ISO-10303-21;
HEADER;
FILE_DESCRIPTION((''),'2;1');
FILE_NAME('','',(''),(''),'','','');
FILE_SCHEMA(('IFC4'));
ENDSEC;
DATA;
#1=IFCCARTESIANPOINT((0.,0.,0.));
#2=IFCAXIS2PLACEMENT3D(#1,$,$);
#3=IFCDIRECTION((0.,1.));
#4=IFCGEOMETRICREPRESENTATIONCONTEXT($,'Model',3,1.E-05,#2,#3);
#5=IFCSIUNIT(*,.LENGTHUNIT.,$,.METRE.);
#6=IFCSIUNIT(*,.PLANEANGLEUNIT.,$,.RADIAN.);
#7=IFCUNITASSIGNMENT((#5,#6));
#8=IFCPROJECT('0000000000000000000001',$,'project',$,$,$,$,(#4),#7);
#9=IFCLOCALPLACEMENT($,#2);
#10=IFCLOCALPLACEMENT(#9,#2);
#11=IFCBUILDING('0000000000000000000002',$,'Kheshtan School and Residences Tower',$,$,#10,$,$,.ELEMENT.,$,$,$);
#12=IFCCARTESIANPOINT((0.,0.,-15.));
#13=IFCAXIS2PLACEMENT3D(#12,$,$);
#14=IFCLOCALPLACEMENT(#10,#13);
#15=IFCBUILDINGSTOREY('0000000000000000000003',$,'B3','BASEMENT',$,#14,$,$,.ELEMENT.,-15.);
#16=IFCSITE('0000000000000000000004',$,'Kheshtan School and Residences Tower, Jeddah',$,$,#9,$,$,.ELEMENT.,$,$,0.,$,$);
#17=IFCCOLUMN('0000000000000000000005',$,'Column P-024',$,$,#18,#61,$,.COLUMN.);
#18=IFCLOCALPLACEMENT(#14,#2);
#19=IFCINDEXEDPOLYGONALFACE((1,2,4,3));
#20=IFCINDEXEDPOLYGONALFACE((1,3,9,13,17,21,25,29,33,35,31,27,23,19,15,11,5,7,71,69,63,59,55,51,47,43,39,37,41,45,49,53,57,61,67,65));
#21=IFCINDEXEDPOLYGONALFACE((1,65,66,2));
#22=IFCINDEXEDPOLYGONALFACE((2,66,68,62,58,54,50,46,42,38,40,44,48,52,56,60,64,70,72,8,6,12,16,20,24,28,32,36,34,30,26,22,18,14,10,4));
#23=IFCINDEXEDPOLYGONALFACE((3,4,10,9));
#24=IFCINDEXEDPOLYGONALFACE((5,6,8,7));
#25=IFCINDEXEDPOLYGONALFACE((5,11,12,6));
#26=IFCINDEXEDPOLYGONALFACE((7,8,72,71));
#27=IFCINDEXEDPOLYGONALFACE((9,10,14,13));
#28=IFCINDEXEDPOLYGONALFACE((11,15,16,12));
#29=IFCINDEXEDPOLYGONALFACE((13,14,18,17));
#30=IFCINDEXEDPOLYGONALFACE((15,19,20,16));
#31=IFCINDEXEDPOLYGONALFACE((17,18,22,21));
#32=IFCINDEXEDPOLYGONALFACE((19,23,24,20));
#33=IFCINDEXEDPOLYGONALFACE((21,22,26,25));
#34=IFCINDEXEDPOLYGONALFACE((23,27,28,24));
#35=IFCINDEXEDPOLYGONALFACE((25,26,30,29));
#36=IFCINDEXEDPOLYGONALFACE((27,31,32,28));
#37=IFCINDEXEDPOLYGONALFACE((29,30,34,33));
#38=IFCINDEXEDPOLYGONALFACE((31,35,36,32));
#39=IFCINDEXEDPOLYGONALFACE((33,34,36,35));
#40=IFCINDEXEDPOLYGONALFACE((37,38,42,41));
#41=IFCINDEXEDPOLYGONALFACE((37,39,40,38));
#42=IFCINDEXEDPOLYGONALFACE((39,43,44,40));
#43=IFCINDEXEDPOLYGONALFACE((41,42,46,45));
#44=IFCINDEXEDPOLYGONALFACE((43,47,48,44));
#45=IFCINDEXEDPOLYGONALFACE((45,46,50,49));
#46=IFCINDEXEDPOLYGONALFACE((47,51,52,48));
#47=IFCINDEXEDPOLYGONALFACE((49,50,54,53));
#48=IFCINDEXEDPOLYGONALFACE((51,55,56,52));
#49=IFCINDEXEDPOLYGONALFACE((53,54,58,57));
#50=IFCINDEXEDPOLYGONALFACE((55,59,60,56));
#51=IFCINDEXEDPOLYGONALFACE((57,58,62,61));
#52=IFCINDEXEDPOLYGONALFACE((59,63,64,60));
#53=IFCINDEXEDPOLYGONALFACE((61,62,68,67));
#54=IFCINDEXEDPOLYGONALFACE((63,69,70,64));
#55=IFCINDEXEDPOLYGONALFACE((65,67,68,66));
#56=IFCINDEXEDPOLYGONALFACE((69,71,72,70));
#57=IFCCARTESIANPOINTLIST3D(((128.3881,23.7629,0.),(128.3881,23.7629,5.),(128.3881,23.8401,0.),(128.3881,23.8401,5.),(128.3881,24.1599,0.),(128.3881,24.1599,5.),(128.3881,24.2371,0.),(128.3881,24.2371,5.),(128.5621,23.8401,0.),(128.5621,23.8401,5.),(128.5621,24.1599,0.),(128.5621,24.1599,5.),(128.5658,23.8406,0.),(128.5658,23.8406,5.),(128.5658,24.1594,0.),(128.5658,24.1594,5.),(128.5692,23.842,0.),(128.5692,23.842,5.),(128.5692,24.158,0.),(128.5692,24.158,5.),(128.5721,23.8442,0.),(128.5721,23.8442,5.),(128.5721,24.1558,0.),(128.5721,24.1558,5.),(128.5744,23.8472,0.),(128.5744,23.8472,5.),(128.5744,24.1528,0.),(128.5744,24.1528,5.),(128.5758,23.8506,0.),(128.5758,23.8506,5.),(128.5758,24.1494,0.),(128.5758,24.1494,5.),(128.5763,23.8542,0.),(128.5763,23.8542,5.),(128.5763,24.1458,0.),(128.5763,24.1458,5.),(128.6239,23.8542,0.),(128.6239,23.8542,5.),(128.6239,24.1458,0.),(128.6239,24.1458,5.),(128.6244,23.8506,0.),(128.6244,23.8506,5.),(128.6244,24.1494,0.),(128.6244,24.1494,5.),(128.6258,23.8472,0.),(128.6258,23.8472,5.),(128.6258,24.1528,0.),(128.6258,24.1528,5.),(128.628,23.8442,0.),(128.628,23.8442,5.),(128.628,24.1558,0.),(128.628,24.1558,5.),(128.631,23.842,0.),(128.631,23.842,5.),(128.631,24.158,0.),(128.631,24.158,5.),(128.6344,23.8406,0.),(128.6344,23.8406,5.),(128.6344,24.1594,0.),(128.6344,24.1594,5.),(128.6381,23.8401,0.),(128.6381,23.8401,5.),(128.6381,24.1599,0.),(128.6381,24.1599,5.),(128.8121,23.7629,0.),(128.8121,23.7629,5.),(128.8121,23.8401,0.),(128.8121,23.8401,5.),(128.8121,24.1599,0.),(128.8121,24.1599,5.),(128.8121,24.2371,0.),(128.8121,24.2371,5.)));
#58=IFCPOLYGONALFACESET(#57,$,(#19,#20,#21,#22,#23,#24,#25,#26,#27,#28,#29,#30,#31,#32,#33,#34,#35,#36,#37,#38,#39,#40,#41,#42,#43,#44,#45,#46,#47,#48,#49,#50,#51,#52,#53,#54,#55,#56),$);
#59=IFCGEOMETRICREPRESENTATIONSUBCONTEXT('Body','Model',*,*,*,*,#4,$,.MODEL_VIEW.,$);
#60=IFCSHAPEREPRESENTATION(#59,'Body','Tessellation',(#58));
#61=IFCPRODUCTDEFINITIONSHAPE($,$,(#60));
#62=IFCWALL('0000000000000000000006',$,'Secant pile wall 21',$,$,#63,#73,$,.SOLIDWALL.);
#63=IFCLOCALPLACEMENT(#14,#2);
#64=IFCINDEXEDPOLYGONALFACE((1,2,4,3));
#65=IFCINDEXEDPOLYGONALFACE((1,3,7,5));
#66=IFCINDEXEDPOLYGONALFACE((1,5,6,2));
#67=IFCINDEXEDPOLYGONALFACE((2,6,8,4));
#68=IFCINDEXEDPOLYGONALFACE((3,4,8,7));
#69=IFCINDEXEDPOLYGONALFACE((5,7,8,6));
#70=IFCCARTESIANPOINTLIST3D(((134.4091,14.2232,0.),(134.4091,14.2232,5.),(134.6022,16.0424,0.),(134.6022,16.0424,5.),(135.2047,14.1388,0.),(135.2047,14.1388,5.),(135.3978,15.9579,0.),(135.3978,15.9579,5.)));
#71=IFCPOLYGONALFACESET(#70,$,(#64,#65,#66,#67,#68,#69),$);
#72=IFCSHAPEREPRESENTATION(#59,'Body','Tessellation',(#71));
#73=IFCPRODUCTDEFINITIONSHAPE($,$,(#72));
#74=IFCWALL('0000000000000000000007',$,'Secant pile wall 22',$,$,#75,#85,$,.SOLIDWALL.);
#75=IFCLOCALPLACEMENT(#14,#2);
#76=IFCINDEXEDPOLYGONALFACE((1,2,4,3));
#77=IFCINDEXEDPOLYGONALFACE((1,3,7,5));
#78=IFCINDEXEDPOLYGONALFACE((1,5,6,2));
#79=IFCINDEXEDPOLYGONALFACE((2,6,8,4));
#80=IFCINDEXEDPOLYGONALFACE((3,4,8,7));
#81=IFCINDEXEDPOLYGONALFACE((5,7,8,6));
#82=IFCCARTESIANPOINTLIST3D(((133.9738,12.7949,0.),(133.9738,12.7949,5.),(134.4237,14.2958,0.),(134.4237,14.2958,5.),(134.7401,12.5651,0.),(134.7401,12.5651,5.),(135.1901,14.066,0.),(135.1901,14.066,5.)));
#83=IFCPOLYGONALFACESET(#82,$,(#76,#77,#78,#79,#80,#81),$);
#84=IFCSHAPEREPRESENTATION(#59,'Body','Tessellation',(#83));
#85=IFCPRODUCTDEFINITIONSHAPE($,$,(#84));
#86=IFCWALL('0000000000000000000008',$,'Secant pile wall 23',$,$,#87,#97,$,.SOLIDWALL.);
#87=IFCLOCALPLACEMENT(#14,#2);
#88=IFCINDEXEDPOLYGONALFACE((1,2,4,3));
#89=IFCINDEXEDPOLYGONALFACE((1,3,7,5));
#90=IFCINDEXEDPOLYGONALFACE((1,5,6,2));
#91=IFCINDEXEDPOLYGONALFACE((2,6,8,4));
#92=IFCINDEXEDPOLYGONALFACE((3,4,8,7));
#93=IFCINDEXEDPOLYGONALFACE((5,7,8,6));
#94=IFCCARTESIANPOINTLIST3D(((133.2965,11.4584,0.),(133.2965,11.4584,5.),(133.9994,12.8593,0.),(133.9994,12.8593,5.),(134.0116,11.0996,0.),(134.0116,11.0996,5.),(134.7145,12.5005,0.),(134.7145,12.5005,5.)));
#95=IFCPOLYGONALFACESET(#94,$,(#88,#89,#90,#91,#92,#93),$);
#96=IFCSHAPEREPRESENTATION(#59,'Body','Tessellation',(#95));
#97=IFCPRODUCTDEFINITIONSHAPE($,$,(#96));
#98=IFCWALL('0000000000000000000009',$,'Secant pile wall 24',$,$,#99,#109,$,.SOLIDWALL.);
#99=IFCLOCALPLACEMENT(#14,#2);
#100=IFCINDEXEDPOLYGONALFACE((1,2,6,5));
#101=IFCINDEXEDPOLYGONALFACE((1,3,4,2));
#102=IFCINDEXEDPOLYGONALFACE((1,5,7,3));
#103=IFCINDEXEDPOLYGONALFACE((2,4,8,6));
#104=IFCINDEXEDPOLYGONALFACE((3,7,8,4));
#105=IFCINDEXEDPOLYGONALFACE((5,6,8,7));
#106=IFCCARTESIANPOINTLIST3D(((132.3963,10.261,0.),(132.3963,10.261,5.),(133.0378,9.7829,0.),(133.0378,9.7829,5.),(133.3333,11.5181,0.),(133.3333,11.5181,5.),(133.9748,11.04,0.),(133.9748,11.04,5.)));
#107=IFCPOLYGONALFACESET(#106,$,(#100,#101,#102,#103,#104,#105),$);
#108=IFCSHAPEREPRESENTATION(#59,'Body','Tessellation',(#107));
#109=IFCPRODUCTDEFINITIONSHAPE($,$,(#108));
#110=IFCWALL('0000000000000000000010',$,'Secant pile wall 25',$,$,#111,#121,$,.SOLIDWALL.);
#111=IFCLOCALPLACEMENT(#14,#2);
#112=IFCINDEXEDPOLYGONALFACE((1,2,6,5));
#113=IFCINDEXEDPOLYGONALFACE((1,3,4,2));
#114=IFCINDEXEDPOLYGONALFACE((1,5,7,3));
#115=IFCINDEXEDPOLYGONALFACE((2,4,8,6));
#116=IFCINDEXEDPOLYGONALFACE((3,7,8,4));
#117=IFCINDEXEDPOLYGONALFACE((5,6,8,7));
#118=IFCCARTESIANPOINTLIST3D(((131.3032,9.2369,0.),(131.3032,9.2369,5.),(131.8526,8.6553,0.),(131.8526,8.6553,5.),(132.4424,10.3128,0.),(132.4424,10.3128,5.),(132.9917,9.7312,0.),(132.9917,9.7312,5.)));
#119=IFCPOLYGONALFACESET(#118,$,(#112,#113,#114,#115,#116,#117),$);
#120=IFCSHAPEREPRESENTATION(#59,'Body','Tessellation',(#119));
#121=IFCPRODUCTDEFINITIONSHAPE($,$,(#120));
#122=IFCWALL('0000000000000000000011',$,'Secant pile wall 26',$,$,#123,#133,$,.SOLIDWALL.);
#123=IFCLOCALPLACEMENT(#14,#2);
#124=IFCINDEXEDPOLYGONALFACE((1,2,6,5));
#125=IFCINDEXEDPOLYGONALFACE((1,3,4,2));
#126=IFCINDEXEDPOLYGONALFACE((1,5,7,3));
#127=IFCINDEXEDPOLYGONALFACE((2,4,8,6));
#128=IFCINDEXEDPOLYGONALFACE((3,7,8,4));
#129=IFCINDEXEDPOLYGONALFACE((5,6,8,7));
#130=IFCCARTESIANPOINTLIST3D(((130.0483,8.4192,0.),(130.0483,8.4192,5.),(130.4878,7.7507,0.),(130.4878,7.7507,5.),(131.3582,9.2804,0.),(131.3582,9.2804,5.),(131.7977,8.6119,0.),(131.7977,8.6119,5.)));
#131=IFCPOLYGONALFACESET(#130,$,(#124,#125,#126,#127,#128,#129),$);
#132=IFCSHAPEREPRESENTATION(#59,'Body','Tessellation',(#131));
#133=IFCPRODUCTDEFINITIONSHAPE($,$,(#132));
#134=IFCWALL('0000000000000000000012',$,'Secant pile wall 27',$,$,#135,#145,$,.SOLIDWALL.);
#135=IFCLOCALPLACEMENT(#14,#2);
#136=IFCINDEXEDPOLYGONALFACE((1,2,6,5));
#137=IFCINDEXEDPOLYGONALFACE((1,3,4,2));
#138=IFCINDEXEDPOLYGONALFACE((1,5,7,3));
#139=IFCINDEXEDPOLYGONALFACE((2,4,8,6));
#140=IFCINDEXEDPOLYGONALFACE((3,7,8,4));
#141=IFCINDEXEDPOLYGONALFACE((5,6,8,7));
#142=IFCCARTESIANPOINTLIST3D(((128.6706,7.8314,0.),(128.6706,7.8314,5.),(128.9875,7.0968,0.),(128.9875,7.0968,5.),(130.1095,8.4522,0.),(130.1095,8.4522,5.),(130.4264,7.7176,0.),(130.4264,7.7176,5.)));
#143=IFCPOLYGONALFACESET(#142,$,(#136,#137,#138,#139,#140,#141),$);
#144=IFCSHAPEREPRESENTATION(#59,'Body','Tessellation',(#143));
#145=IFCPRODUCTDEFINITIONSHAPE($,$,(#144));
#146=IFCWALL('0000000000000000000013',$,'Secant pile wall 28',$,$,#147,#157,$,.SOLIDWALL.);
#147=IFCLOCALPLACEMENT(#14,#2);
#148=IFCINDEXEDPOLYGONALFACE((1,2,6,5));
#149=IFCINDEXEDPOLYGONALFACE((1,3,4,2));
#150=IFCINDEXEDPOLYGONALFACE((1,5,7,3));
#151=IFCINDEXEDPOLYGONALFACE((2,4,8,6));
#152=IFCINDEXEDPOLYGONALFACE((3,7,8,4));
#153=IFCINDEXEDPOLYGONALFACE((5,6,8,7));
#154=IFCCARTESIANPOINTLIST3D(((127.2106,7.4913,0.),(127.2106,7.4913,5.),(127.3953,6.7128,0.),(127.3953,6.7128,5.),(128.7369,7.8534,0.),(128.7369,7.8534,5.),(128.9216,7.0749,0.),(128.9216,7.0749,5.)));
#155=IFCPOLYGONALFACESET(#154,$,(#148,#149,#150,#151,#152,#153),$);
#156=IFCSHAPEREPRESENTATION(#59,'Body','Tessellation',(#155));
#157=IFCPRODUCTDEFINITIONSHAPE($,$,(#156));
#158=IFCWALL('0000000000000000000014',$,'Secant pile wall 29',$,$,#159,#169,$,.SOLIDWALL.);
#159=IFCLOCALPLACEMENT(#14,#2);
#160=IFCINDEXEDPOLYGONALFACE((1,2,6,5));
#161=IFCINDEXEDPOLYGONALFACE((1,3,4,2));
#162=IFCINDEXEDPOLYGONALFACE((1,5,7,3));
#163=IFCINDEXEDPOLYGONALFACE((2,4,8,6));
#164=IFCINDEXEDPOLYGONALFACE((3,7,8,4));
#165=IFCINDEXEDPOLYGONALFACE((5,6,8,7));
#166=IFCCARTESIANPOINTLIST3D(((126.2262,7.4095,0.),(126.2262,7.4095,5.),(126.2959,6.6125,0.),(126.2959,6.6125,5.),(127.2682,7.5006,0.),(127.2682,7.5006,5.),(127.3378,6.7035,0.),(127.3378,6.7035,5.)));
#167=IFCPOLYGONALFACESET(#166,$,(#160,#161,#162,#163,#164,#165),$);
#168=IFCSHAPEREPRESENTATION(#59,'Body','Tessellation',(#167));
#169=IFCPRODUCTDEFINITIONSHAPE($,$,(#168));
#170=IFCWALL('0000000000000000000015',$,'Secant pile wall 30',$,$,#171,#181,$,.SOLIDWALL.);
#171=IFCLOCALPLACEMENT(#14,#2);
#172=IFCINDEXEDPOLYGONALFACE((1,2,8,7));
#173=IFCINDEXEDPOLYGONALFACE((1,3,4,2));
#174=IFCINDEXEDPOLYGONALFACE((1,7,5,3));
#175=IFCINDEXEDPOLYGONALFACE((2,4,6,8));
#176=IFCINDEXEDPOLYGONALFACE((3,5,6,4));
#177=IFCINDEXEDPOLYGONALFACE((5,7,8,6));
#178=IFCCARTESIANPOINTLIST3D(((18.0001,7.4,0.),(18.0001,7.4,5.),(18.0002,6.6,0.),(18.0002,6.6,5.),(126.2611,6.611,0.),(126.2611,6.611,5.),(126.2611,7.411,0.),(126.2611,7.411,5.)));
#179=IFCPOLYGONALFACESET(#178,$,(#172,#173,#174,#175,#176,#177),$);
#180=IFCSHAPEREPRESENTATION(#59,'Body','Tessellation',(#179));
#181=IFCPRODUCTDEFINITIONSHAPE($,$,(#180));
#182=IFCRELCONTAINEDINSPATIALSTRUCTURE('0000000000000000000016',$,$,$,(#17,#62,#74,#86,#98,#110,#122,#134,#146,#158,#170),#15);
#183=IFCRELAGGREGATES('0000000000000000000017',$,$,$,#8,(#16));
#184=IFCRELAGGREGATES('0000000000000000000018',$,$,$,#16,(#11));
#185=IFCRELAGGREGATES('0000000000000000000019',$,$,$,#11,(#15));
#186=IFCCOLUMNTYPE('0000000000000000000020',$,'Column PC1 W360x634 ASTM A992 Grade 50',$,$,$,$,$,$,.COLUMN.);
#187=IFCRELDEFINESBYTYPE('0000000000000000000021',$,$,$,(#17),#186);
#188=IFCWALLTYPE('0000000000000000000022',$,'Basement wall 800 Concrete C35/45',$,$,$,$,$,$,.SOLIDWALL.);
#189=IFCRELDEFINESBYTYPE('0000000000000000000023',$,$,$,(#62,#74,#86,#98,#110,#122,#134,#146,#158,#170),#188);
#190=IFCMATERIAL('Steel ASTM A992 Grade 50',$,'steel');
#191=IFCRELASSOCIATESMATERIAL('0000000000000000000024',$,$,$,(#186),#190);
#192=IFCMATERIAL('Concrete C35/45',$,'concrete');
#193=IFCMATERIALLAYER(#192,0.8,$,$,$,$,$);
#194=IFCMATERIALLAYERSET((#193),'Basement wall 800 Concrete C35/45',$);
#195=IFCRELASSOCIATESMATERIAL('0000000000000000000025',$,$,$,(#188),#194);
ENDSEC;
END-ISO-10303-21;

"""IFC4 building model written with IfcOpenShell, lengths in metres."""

from ifc_helpers import new_model, si_unit, direction, frame, frame_2d, origin, origin_2d, place, context, subcontext, project, spatial, rectangle, i_section, extrude, material, layer, layer_set, material_profile, profile_set, type_object, element, save


model = new_model("IFC4")

# Units and contexts
model_context = context("Model", 3, precision=1e-05, world=origin(), true_north=direction((0.0, 1.0)))
body_context = subcontext(model_context, "Body", "Model", "MODEL_VIEW")
ifc_project = project(units=[si_unit("LENGTHUNIT", "METRE"), si_unit("PLANEANGLEUNIT", "RADIAN")], contexts=[model_context])

# Site, building, storey
site_placement = place(None, origin())
site = spatial("IfcSite", under=ifc_project, at=site_placement, Name="Kheshtan School and Residences Tower, Jeddah", CompositionType="ELEMENT", RefElevation=0.0)
building_placement = place(site_placement, origin())
building = spatial("IfcBuilding", under=site, at=building_placement, Name="Kheshtan School and Residences Tower", CompositionType="ELEMENT")
storey_placement = place(building_placement, frame((0.0, 0.0, -15.0)))
storey = spatial("IfcBuildingStorey", under=building, at=storey_placement, Name="B3", Description="BASEMENT", CompositionType="ELEMENT", Elevation=-15.0)

# Column
ifc_material_1 = material(Name="Steel ASTM A992 Grade 50", Category="steel")
ifc_material_profile_1 = material_profile(ifc_material_1, i_section(OverallWidth=0.4241, OverallDepth=0.4741, WebThickness=0.0476, FlangeThickness=0.0771, FilletRadius=0.0142, at=origin_2d()), Name="W360x634")
ifc_profile_set_1 = profile_set([ifc_material_profile_1], Name="Steel ASTM A992 Grade 50")
column_type = type_object("IfcColumnType", Name="Column PC1 W360x634 ASTM A992 Grade 50", PredefinedType="COLUMN", material=ifc_profile_set_1)
for number, where, z_axis, x_axis, name in (
    (1, (128.6001, 24.0, 0.0), (0.0, 0.0, 1.0), (1.0, 0.0, 0.0), "Column P-024"),
):
    element("IfcColumn", number, at=place(storey_placement, frame(where, z_axis=z_axis, x_axis=x_axis)), inside=storey, type_object=column_type, Name=name, PredefinedType="COLUMN", context=body_context, shape_type="SweptSolid", body=[
        extrude(i_section(OverallWidth=0.4241, OverallDepth=0.4741, WebThickness=0.0476, FlangeThickness=0.0771, FilletRadius=0.0142, at=origin_2d()), origin(), (0.0, 0.0, 1.0), 5.0),
    ])

# Walls
ifc_material_2 = material(Name="Concrete C35/45", Category="concrete")
ifc_layer = layer(ifc_material_2, 0.8)
ifc_layer_set = layer_set([ifc_layer], Name="Basement wall 800 Concrete C35/45")
wall_type = type_object("IfcWallType", Name="Basement wall 800 Concrete C35/45", PredefinedType="SOLIDWALL", material=ifc_layer_set)
wall_1_placement = place(storey_placement, frame((135.0, 16.0, 0.0), z_axis=(0.0, 0.0, 1.0), x_axis=(-0.105567, -0.994412, 0.0)))
element("IfcWall", 2, at=wall_1_placement, inside=storey, type_object=wall_type, Name="Secant pile wall 21", PredefinedType="SOLIDWALL", context=body_context, shape_type="SweptSolid", body=[
    extrude(rectangle(XDim=1.8293, YDim=0.8, at=frame_2d((0.9146, 0.0))), origin(), (0.0, 0.0, 1.0), 5.0),
])
wall_2_placement = place(storey_placement, frame((134.8069, 14.1809, 0.0), z_axis=(0.0, 0.0, 1.0), x_axis=(-0.287148, -0.957886, 0.0)))
element("IfcWall", 3, at=wall_2_placement, inside=storey, type_object=wall_type, Name="Secant pile wall 22", PredefinedType="SOLIDWALL", context=body_context, shape_type="SweptSolid", body=[
    extrude(rectangle(XDim=1.5669, YDim=0.8, at=frame_2d((0.7834, 0.0))), origin(), (0.0, 0.0, 1.0), 5.0),
])
wall_3_placement = place(storey_placement, frame((134.3569, 12.6799, 0.0), z_axis=(0.0, 0.0, 1.0), x_axis=(-0.448459, -0.893803, 0.0)))
element("IfcWall", 4, at=wall_3_placement, inside=storey, type_object=wall_type, Name="Secant pile wall 23", PredefinedType="SOLIDWALL", context=body_context, shape_type="SweptSolid", body=[
    extrude(rectangle(XDim=1.5674, YDim=0.8, at=frame_2d((0.7837, 0.0))), origin(), (0.0, 0.0, 1.0), 5.0),
])
wall_4_placement = place(storey_placement, frame((133.6541, 11.2791, 0.0), z_axis=(0.0, 0.0, 1.0), x_axis=(-0.597631, -0.801772, 0.0)))
element("IfcWall", 5, at=wall_4_placement, inside=storey, type_object=wall_type, Name="Secant pile wall 24", PredefinedType="SOLIDWALL", context=body_context, shape_type="SweptSolid", body=[
    extrude(rectangle(XDim=1.5679, YDim=0.8, at=frame_2d((0.7839, 0.0))), origin(), (0.0, 0.0, 1.0), 5.0),
])
wall_5_placement = place(storey_placement, frame((132.717, 10.022, 0.0), z_axis=(0.0, 0.0, 1.0), x_axis=(-0.726996, -0.686642, 0.0)))
element("IfcWall", 6, at=wall_5_placement, inside=storey, type_object=wall_type, Name="Secant pile wall 25", PredefinedType="SOLIDWALL", context=body_context, shape_type="SweptSolid", body=[
    extrude(rectangle(XDim=1.5669, YDim=0.8, at=frame_2d((0.7834, 0.0))), origin(), (0.0, 0.0, 1.0), 5.0),
])
wall_6_placement = place(storey_placement, frame((131.5779, 8.946, 0.0), z_axis=(0.0, 0.0, 1.0), x_axis=(-0.835603, -0.549333, 0.0)))
element("IfcWall", 7, at=wall_6_placement, inside=storey, type_object=wall_type, Name="Secant pile wall 26", PredefinedType="SOLIDWALL", context=body_context, shape_type="SweptSolid", body=[
    extrude(rectangle(XDim=1.5676, YDim=0.8, at=frame_2d((0.7837, 0.0))), origin(), (0.0, 0.0, 1.0), 5.0),
])
wall_7_placement = place(storey_placement, frame((130.2681, 8.085, 0.0), z_axis=(0.0, 0.0, 1.0), x_axis=(-0.918183, -0.396155, 0.0)))
element("IfcWall", 8, at=wall_7_placement, inside=storey, type_object=wall_type, Name="Secant pile wall 27", PredefinedType="SOLIDWALL", context=body_context, shape_type="SweptSolid", body=[
    extrude(rectangle(XDim=1.5671, YDim=0.8, at=frame_2d((0.7837, 0.0))), origin(), (0.0, 0.0, 1.0), 5.0),
])
wall_8_placement = place(storey_placement, frame((128.8291, 7.4641, 0.0), z_axis=(0.0, 0.0, 1.0), x_axis=(-0.972993, -0.230835, 0.0)))
element("IfcWall", 9, at=wall_8_placement, inside=storey, type_object=wall_type, Name="Secant pile wall 28", PredefinedType="SOLIDWALL", context=body_context, shape_type="SweptSolid", body=[
    extrude(rectangle(XDim=1.5686, YDim=0.8, at=frame_2d((0.7842, 0.0))), origin(), (0.0, 0.0, 1.0), 5.0),
])
wall_9_placement = place(storey_placement, frame((127.303, 7.1021, 0.0), z_axis=(0.0, 0.0, 1.0), x_axis=(-0.996203, -0.087063, 0.0)))
element("IfcWall", 10, at=wall_9_placement, inside=storey, type_object=wall_type, Name="Secant pile wall 29", PredefinedType="SOLIDWALL", context=body_context, shape_type="SweptSolid", body=[
    extrude(rectangle(XDim=1.0459, YDim=0.8, at=frame_2d((0.5229, 0.0))), origin(), (0.0, 0.0, 1.0), 5.0),
])
wall_10_placement = place(storey_placement, frame((126.261, 7.011, 0.0), z_axis=(0.0, 0.0, 1.0), x_axis=(-1.0, -0.000101, 0.0)))
element("IfcWall", 11, at=wall_10_placement, inside=storey, type_object=wall_type, Name="Secant pile wall 30", PredefinedType="SOLIDWALL", context=body_context, shape_type="SweptSolid", body=[
    extrude(rectangle(XDim=108.261, YDim=0.8, at=frame_2d((54.1304, 0.0))), origin(), (0.0, 0.0, 1.0), 5.0),
])

save(model, "model.ifc")
